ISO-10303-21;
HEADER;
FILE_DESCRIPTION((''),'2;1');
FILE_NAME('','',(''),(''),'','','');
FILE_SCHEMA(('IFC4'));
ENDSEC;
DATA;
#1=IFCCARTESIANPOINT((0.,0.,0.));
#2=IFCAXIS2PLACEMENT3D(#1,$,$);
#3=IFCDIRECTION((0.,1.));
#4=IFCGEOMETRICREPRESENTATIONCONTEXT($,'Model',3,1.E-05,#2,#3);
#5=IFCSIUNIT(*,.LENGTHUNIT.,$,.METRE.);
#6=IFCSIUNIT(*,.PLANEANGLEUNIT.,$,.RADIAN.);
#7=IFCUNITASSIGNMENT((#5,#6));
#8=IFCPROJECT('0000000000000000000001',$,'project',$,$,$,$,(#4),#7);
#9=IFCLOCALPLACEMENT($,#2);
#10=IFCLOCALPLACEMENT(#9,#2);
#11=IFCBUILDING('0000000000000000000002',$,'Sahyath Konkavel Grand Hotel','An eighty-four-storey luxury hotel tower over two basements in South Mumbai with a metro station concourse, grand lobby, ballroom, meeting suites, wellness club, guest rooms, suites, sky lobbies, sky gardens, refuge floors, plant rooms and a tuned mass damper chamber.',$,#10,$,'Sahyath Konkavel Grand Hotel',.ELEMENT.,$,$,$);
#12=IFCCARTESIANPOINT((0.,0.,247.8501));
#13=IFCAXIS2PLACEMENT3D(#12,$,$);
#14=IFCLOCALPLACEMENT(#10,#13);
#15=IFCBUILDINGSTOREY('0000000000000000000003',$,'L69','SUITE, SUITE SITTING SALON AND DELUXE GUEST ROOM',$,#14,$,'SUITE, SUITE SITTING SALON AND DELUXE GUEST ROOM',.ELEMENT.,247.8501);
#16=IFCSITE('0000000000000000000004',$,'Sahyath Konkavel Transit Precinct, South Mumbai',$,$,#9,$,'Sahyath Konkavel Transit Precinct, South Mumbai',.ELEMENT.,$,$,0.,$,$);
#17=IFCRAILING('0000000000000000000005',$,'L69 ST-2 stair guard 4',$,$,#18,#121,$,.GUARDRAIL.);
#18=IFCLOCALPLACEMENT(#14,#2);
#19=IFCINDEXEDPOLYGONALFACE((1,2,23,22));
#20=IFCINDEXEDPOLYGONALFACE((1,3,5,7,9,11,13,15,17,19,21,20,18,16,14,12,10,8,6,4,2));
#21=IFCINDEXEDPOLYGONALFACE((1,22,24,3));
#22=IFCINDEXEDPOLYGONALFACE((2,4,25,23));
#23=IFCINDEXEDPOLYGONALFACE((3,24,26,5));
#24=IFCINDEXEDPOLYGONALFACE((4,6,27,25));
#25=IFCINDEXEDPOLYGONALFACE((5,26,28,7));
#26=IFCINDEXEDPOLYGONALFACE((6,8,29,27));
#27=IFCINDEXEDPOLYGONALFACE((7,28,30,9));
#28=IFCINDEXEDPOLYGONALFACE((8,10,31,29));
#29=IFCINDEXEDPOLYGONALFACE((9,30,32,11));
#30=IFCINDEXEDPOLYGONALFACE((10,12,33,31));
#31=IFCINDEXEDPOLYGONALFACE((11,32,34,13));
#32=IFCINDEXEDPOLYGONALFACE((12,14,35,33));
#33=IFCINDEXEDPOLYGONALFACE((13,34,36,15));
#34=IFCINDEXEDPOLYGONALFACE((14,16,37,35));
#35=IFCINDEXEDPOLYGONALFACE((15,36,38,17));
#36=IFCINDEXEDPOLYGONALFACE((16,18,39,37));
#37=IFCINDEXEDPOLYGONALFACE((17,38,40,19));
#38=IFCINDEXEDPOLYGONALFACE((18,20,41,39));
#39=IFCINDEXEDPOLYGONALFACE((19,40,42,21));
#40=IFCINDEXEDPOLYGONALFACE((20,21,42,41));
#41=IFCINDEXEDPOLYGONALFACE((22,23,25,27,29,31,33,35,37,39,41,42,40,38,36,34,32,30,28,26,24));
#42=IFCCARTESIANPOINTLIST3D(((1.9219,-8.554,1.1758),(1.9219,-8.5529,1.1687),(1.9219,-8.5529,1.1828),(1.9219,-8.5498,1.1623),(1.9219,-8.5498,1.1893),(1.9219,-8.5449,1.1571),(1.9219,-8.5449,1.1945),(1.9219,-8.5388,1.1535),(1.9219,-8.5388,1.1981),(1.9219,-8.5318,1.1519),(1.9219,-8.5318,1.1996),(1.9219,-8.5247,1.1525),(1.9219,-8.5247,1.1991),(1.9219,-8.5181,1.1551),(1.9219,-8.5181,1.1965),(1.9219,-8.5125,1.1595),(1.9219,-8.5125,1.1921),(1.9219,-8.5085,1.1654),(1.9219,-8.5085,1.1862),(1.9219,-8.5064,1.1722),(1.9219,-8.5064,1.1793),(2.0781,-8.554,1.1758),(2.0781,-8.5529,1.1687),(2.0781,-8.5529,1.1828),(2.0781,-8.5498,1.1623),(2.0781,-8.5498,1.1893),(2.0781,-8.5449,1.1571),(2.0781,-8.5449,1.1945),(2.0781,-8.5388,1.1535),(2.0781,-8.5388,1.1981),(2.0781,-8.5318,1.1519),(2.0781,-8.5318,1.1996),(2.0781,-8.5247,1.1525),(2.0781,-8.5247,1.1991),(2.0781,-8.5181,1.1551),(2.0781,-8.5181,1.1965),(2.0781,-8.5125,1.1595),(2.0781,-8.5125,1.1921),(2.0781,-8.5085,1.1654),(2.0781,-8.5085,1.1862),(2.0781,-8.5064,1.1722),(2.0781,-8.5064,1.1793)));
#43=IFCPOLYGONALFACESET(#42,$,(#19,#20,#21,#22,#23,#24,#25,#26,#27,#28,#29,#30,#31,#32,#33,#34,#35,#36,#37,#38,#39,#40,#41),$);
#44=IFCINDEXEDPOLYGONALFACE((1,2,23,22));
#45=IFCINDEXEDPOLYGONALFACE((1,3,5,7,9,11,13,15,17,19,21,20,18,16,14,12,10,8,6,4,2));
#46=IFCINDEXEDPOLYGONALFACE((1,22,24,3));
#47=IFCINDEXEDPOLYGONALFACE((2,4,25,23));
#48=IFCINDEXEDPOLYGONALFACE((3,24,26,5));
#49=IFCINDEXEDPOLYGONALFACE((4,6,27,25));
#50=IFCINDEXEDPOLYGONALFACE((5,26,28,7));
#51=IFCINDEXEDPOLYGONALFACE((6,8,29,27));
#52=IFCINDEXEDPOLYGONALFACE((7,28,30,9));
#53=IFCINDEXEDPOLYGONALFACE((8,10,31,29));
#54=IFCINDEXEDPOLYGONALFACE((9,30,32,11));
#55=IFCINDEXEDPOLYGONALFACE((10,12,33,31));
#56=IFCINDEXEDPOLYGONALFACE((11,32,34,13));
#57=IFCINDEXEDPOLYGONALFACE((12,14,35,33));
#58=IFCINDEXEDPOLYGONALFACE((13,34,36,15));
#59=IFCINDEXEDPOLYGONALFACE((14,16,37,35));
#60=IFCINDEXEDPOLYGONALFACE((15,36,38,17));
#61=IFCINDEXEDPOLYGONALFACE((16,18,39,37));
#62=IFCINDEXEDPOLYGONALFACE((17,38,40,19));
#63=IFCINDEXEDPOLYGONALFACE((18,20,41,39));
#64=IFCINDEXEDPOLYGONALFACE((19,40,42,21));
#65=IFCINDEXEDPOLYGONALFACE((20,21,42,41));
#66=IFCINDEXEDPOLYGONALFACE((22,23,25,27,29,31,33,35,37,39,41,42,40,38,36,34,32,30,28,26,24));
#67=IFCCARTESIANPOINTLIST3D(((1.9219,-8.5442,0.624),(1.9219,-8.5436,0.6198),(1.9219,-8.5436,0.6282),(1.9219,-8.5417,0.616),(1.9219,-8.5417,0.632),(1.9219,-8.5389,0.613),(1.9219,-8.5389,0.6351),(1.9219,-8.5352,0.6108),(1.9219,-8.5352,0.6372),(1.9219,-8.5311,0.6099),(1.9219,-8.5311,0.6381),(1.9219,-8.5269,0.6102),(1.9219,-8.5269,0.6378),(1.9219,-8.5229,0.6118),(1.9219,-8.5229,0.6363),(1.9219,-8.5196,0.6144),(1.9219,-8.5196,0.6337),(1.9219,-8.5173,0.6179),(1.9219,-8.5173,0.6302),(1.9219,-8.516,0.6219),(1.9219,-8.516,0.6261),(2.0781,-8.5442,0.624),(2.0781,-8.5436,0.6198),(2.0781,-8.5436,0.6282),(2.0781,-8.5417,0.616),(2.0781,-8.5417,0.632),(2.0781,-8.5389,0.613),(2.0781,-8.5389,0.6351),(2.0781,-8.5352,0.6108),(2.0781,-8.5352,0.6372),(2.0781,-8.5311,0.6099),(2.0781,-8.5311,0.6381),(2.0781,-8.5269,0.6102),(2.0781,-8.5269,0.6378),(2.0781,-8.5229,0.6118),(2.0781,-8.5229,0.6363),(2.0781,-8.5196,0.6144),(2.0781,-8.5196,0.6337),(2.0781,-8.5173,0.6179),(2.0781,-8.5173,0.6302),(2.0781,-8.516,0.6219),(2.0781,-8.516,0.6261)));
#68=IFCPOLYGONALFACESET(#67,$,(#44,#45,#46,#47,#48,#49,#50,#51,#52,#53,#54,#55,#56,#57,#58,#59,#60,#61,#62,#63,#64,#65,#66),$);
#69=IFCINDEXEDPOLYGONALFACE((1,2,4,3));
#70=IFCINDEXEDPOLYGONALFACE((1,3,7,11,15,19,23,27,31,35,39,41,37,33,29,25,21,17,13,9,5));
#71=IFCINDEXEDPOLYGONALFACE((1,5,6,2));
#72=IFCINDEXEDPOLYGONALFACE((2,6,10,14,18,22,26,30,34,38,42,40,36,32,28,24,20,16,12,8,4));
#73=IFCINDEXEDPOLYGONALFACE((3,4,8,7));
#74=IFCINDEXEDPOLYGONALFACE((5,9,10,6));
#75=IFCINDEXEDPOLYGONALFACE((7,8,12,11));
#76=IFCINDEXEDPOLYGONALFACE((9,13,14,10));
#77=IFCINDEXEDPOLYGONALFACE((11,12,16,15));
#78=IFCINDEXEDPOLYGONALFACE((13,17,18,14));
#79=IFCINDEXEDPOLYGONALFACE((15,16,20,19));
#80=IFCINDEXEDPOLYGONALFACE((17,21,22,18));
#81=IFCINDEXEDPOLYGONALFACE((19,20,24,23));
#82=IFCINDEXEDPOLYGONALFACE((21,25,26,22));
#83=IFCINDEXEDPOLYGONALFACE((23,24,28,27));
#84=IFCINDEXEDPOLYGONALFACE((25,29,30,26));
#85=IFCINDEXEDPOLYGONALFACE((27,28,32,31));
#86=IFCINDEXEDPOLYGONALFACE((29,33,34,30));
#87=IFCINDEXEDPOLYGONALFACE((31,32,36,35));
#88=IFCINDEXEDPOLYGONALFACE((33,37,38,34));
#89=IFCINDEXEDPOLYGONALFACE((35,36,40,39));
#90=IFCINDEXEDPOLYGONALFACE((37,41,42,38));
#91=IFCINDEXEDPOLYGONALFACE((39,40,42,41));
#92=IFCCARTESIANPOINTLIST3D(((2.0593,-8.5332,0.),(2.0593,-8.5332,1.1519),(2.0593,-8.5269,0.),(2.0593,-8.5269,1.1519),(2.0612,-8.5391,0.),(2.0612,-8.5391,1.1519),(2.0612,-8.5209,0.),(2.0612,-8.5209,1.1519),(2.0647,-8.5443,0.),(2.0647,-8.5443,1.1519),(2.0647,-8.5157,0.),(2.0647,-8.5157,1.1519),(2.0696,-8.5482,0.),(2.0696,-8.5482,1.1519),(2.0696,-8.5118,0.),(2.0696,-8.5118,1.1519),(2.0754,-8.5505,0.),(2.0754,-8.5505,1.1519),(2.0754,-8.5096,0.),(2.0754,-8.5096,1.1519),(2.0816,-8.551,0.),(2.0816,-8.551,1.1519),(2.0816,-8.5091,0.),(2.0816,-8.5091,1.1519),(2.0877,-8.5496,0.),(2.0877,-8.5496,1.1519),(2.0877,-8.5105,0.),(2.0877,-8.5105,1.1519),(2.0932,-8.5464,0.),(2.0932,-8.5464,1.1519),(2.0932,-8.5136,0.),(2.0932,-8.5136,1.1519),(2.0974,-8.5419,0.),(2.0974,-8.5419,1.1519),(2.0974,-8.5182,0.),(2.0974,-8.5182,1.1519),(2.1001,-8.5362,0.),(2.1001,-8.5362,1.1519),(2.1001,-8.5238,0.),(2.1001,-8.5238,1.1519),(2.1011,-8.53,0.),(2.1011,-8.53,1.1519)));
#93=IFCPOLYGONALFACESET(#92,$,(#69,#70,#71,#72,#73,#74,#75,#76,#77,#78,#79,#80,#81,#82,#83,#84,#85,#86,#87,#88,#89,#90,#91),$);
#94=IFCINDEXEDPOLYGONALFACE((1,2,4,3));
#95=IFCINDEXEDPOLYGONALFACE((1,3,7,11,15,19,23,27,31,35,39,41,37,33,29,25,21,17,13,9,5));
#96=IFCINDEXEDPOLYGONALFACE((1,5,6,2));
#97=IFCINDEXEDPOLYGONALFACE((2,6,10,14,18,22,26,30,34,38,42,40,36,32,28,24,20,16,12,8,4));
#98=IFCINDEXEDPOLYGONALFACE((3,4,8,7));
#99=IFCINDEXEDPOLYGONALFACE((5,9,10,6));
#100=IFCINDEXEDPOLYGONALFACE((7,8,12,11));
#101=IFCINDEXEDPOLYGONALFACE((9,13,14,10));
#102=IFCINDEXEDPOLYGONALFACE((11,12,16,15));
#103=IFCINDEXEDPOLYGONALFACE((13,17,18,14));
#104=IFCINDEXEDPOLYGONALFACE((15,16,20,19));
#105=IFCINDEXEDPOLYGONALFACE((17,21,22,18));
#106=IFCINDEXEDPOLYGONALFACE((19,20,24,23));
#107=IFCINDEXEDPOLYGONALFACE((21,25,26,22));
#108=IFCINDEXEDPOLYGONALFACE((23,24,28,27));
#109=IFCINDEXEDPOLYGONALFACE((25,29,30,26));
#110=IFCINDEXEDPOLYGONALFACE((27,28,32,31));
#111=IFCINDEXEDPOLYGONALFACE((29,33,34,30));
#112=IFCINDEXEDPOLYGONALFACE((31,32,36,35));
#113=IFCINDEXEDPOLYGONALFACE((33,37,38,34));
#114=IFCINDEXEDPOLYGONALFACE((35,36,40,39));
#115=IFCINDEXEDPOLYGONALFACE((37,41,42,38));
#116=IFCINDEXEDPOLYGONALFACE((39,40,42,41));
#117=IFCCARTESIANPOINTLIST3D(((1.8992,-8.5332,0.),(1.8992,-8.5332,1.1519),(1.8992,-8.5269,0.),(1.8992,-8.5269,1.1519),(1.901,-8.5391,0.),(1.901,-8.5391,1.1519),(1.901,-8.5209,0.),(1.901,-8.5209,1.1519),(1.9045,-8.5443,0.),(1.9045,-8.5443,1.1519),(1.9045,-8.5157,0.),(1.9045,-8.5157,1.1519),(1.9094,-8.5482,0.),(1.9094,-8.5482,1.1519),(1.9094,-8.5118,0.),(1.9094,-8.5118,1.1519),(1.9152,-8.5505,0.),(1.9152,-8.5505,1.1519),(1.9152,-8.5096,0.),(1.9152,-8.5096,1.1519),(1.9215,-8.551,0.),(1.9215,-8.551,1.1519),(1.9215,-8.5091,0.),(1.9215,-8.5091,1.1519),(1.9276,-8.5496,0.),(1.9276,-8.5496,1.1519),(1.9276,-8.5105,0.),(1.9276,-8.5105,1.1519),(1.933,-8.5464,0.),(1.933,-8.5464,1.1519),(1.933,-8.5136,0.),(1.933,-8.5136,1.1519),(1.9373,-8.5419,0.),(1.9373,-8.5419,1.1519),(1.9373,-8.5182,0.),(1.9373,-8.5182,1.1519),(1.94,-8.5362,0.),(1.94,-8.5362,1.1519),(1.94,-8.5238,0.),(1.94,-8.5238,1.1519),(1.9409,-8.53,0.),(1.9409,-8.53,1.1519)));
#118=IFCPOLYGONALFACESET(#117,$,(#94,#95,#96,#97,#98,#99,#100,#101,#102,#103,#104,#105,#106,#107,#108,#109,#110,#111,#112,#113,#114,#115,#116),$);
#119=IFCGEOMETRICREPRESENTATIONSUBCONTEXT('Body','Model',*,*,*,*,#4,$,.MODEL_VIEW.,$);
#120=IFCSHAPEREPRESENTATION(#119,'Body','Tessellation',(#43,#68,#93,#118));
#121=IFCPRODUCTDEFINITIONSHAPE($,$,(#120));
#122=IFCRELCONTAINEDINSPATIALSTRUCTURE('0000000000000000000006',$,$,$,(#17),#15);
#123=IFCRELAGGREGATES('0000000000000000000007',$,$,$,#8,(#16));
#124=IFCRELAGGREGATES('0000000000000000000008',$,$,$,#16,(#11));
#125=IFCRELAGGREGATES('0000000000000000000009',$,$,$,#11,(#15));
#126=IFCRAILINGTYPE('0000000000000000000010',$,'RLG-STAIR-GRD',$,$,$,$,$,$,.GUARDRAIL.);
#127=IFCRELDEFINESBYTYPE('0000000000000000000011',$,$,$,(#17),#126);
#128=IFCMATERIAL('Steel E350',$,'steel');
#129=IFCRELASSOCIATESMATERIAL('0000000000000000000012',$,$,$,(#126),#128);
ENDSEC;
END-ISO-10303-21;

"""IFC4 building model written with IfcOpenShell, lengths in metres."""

from ifc_helpers import new_model, si_unit, direction, frame, origin, origin_2d, place, context, subcontext, project, spatial, circle, extrude, material, type_object, element, save


model = new_model("IFC4")

# Units and contexts
model_context = context("Model", 3, precision=1e-05, world=origin(), true_north=direction((0.0, 1.0)))
body_context = subcontext(model_context, "Body", "Model", "MODEL_VIEW")
ifc_project = project(units=[si_unit("LENGTHUNIT", "METRE"), si_unit("PLANEANGLEUNIT", "RADIAN")], contexts=[model_context])

# Site, building, storey
site_placement = place(None, origin())
site = spatial("IfcSite", under=ifc_project, at=site_placement, Name="Sahyath Konkavel Transit Precinct, South Mumbai", LongName="Sahyath Konkavel Transit Precinct, South Mumbai", CompositionType="ELEMENT", RefElevation=0.0)
building_placement = place(site_placement, origin())
building = spatial("IfcBuilding", under=site, at=building_placement, Name="Sahyath Konkavel Grand Hotel", Description="An eighty-four-storey luxury hotel tower over two basements in South Mumbai with a metro station concourse, grand lobby, ballroom, meeting suites, wellness club, guest rooms, suites, sky lobbies, sky gardens, refuge floors, plant rooms and a tuned mass damper chamber.", LongName="Sahyath Konkavel Grand Hotel", CompositionType="ELEMENT")
storey_placement = place(building_placement, frame((0.0, 0.0, 247.8501)))
storey = spatial("IfcBuildingStorey", under=building, at=storey_placement, Name="L69", Description="SUITE, SUITE SITTING SALON AND DELUXE GUEST ROOM", LongName="SUITE, SUITE SITTING SALON AND DELUXE GUEST ROOM", CompositionType="ELEMENT", Elevation=247.8501)

# Shared definitions
ifc_material_1 = material(Name="Steel E350", Category="steel")

# Railing
railing_type_1 = type_object("IfcRailingType", Name="RLG-STAIR-GRD", PredefinedType="GUARDRAIL", material=ifc_material_1)
railing_1_placement = place(storey_placement, frame((2.0801, -8.53, 0.0)))
element("IfcRailing", 1, at=railing_1_placement, inside=storey, type_object=railing_type_1, Name="L69 ST-2 stair guard 4", PredefinedType="GUARDRAIL", context=body_context, shape_type="SweptSolid", body=[
    extrude(circle(Radius=0.0239, at=origin_2d()), frame((-0.002, 0.0, 1.1758), z_axis=(-1.0, 0.0, 0.0), x_axis=(0.0, -1.0, 0.0)), (0.0, 0.0, 1.0), 0.1562),
    extrude(circle(Radius=0.0142, at=origin_2d()), frame((-0.002, 0.0, 0.624), z_axis=(-1.0, 0.0, 0.0), x_axis=(0.0, -1.0, 0.0)), (0.0, 0.0, 1.0), 0.1562),
    extrude(circle(Radius=0.021, at=origin_2d()), origin(), (0.0, 0.0, 1.0), 1.1519),
    extrude(circle(Radius=0.021, at=origin_2d()), frame((-0.1602, 0.0, 0.0)), (0.0, 0.0, 1.0), 1.1519),
])

save(model, "model.ifc")
